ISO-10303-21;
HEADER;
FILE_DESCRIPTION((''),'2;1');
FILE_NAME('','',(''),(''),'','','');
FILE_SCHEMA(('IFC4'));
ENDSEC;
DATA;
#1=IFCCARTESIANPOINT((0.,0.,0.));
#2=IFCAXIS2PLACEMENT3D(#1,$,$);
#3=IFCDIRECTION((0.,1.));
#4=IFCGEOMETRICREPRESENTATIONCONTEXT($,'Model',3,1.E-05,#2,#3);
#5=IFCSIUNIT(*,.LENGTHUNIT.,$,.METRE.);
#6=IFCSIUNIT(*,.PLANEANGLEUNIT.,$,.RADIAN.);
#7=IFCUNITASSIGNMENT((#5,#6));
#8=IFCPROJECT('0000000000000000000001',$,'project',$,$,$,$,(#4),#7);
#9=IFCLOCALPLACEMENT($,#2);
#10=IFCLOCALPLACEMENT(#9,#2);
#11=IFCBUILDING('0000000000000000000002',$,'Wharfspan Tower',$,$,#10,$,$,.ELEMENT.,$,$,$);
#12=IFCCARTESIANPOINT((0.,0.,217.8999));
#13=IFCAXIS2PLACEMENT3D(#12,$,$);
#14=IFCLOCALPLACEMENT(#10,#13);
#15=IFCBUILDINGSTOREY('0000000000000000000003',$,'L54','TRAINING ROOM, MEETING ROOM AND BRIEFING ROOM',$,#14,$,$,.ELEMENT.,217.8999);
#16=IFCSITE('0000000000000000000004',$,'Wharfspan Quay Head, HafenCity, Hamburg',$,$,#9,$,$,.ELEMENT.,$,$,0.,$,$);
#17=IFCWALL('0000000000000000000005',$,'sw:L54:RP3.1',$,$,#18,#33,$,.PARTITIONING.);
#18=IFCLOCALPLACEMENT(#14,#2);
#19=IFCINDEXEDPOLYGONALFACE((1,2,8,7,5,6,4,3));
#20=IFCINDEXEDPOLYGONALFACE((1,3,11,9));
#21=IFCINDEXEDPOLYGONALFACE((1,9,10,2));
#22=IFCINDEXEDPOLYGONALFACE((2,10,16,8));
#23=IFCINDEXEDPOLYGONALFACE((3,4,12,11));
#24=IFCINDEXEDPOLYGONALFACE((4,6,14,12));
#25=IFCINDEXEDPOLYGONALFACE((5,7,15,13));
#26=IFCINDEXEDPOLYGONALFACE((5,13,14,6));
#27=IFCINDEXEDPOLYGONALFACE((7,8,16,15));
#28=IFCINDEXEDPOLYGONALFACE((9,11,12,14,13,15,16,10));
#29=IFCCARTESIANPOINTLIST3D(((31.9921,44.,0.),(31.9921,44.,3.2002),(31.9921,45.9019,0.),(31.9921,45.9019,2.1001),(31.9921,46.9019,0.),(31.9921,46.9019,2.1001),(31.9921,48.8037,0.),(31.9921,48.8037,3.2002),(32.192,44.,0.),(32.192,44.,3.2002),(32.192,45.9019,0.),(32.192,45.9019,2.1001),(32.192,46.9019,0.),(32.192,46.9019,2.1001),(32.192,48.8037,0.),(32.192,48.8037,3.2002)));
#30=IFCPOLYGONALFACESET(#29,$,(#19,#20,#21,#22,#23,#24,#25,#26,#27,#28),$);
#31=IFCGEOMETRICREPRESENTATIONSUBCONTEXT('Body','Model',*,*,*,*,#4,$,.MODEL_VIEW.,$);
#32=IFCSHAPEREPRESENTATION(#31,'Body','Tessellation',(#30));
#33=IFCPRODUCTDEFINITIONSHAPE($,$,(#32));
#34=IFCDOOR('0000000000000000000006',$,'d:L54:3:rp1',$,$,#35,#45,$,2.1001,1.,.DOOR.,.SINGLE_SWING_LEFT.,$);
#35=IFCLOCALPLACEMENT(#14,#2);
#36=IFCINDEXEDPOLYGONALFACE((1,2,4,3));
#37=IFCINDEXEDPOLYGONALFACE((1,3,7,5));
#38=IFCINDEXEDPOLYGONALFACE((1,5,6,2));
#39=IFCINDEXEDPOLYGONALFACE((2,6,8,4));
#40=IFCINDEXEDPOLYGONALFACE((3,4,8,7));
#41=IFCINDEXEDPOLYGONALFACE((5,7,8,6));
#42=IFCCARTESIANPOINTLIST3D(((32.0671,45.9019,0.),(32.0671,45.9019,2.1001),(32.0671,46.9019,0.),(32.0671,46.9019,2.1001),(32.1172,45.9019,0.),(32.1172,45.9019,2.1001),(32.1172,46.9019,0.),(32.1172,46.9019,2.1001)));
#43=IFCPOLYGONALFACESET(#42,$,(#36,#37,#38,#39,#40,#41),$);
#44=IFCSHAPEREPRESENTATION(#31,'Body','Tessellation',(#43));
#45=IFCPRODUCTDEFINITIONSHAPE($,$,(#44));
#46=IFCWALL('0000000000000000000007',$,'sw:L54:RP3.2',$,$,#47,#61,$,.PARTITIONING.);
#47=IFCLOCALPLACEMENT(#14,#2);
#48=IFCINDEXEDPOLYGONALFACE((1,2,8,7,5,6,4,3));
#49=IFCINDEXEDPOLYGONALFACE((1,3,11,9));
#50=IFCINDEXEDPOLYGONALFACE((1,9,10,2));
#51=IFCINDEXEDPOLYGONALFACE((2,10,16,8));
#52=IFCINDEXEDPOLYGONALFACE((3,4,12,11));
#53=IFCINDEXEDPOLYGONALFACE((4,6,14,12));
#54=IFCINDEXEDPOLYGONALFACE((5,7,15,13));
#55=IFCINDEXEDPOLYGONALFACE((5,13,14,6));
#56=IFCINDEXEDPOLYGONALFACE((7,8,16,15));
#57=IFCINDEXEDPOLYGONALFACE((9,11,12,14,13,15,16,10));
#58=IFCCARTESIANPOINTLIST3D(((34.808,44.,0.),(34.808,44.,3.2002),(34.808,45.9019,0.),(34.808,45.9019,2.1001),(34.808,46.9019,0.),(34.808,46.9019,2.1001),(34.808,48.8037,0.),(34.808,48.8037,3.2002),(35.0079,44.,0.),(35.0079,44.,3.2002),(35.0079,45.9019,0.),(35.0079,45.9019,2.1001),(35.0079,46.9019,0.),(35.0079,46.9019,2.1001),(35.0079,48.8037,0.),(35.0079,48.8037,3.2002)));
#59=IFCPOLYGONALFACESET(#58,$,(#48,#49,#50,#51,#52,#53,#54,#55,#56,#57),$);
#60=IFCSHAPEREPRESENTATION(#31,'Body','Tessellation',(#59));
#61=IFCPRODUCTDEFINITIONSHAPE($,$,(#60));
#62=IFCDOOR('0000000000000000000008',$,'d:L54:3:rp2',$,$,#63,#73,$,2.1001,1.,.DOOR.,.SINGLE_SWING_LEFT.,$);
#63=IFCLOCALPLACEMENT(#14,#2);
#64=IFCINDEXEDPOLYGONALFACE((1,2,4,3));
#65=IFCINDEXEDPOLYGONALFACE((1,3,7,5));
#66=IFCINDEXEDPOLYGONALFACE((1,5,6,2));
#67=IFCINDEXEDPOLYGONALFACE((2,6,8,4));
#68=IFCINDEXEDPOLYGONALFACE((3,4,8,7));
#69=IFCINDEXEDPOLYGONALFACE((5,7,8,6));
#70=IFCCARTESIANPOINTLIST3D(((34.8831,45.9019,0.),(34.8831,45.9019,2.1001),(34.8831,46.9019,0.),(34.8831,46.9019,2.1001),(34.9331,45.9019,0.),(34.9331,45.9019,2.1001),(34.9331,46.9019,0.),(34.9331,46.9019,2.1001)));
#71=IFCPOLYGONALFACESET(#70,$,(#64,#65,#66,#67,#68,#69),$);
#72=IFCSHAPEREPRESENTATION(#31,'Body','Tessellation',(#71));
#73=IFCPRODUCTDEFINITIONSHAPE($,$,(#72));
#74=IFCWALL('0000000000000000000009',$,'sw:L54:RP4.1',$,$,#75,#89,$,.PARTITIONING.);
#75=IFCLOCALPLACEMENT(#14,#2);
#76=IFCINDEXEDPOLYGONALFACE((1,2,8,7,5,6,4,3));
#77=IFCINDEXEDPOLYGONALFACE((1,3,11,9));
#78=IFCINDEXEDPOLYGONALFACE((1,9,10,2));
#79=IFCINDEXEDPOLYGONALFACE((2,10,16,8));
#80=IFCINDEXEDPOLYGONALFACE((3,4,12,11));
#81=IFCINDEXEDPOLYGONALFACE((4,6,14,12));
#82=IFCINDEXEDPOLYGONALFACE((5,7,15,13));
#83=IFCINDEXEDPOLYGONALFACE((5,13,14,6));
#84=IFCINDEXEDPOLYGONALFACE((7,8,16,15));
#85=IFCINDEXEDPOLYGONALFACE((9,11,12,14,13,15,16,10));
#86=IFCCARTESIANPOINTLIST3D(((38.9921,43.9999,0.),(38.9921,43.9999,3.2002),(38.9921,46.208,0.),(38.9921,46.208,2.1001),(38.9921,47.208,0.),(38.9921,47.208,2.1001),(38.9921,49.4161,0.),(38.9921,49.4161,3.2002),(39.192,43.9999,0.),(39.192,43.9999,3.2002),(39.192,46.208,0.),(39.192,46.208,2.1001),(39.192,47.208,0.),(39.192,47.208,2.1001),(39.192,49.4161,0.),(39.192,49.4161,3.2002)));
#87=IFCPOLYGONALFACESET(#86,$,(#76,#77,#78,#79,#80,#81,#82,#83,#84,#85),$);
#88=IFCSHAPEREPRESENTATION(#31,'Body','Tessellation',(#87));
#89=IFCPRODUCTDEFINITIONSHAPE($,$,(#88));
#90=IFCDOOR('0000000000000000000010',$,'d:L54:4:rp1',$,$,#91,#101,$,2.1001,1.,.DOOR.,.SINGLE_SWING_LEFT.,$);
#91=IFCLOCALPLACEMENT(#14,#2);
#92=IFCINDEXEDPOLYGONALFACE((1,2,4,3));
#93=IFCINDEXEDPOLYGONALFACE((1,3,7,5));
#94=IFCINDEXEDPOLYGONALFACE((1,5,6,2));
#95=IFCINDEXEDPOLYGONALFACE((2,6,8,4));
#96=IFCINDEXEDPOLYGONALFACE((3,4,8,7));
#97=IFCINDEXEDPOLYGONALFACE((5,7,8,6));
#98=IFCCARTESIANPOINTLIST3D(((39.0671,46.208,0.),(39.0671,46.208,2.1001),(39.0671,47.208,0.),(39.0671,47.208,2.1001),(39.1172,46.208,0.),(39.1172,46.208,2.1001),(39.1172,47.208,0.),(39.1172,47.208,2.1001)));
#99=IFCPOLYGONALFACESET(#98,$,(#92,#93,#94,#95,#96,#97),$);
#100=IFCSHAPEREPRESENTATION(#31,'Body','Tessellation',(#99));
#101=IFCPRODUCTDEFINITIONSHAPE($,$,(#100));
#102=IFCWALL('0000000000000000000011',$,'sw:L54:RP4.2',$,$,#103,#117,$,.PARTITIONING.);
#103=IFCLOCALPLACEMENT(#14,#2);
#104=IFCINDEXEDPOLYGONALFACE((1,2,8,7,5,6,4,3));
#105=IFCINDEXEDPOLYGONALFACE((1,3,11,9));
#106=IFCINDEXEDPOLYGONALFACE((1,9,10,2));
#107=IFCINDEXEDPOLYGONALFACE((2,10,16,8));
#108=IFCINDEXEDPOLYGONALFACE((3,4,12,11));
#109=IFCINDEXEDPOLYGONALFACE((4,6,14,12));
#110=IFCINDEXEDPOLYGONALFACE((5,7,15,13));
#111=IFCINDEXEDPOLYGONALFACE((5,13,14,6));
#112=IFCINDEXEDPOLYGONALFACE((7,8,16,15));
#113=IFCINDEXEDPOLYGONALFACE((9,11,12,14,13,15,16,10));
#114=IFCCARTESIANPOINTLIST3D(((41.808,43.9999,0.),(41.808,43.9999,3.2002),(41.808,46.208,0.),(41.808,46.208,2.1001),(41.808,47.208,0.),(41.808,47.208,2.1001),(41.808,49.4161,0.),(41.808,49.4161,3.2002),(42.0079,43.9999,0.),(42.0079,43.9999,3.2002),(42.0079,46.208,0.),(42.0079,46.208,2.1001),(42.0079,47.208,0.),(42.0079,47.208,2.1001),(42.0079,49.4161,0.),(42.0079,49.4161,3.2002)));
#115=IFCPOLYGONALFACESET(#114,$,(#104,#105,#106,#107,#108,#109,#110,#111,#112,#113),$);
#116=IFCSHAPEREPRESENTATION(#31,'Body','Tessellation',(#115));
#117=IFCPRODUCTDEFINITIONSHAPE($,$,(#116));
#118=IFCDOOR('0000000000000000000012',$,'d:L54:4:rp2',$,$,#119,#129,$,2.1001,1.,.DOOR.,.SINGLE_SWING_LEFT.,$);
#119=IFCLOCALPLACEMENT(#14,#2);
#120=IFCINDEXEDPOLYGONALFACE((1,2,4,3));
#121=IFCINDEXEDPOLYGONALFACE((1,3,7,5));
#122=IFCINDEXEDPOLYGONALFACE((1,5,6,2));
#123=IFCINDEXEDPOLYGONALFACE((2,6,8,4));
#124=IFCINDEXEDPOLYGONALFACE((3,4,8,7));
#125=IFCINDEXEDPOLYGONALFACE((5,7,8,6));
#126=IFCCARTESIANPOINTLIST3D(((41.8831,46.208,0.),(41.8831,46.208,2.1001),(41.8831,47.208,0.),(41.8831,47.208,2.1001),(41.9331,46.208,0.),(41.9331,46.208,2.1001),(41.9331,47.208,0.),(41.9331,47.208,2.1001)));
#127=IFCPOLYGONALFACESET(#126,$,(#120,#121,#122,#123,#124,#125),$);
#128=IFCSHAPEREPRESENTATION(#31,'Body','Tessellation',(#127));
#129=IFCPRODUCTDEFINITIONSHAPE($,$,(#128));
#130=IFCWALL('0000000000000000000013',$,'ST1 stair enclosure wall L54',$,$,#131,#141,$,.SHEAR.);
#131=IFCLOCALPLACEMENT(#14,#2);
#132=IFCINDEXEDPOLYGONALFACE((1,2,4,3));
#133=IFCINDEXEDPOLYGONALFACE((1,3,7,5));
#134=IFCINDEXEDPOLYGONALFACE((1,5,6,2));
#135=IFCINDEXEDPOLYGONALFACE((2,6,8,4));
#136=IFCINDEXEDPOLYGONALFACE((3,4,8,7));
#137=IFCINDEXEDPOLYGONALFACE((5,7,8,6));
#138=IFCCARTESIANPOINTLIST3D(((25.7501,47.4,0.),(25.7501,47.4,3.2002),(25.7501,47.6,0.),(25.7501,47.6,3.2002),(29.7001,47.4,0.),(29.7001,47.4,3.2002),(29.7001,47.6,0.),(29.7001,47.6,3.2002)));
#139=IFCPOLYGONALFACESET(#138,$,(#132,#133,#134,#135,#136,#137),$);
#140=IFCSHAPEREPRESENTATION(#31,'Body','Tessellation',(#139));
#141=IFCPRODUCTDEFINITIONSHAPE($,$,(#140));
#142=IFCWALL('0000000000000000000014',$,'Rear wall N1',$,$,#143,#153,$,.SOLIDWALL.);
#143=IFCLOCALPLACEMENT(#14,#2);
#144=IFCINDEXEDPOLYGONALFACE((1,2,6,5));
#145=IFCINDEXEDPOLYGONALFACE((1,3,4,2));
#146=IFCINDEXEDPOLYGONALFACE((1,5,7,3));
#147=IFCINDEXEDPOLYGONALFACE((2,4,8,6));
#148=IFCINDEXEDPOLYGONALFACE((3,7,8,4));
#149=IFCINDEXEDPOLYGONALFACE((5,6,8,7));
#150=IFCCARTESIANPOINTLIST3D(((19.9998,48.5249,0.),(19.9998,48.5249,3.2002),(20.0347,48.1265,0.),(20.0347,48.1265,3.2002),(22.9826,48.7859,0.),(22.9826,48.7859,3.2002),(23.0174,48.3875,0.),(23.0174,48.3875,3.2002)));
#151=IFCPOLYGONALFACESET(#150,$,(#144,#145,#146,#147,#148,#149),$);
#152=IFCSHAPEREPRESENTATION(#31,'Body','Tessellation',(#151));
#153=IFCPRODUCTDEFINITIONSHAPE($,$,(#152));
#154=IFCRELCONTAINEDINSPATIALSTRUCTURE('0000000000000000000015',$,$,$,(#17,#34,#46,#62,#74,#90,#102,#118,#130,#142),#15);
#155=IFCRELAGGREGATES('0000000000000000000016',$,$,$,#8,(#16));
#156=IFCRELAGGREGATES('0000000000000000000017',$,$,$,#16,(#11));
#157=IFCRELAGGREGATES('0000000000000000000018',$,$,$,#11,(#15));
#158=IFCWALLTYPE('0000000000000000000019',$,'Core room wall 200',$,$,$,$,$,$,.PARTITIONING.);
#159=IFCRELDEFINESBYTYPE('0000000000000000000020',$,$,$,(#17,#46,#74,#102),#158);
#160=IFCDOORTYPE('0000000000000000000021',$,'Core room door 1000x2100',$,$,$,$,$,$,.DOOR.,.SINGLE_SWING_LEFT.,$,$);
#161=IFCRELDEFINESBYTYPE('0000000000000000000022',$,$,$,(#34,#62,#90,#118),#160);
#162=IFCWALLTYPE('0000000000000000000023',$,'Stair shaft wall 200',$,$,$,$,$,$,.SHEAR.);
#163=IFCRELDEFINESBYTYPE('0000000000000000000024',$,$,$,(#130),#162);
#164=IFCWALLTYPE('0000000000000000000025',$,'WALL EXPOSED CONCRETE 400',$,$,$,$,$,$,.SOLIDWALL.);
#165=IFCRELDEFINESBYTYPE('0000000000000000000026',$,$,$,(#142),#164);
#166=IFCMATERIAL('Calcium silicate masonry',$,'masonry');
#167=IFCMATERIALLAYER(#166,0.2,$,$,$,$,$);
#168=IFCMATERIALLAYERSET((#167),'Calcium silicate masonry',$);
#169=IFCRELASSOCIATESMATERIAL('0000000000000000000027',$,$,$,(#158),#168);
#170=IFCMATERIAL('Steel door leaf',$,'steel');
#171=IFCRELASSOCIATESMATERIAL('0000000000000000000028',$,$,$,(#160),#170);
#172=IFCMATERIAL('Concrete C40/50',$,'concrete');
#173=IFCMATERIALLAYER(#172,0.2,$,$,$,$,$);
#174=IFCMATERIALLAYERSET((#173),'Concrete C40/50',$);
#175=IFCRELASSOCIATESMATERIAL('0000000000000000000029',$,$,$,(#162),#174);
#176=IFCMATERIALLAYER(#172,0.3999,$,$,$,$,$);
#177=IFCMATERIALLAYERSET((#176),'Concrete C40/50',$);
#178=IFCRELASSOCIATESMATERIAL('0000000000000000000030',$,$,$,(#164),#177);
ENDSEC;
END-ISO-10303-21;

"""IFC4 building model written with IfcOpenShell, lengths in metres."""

from ifc_helpers import new_model, si_unit, direction, frame, frame_2d, origin, place, context, subcontext, project, spatial, rectangle, extrude, material, layer, layer_set, type_object, element, fill, save


model = new_model("IFC4")

# Units and contexts
model_context = context("Model", 3, precision=1e-05, world=origin(), true_north=direction((0.0, 1.0)))
body_context = subcontext(model_context, "Body", "Model", "MODEL_VIEW")
ifc_project = project(units=[si_unit("LENGTHUNIT", "METRE"), si_unit("PLANEANGLEUNIT", "RADIAN")], contexts=[model_context])

# Site, building, storey
site_placement = place(None, origin())
site = spatial("IfcSite", under=ifc_project, at=site_placement, Name="Wharfspan Quay Head, HafenCity, Hamburg", CompositionType="ELEMENT", RefElevation=0.0)
building_placement = place(site_placement, origin())
building = spatial("IfcBuilding", under=site, at=building_placement, Name="Wharfspan Tower", CompositionType="ELEMENT")
storey_placement = place(building_placement, frame((0.0, 0.0, 217.8999)))
storey = spatial("IfcBuildingStorey", under=building, at=storey_placement, Name="L54", Description="TRAINING ROOM, MEETING ROOM AND BRIEFING ROOM", CompositionType="ELEMENT", Elevation=217.8999)

# Walls, openings, doors
ifc_material_1 = material(Name="Calcium silicate masonry", Category="masonry")
ifc_layer_1 = layer(ifc_material_1, 0.2)
ifc_layer_set_1 = layer_set([ifc_layer_1], Name="Calcium silicate masonry")
wall_type_1 = type_object("IfcWallType", Name="Core room wall 200", PredefinedType="PARTITIONING", material=ifc_layer_set_1)
wall_1_placement = place(storey_placement, frame((32.092, 44.0, 0.0), z_axis=(0.0, 0.0, 1.0), x_axis=(0.0, 1.0, 0.0)))
wall_1 = element("IfcWall", 1, at=wall_1_placement, inside=storey, type_object=wall_type_1, Name="sw:L54:RP3.1", PredefinedType="PARTITIONING", context=body_context, shape_type="SweptSolid", body=[
    extrude(rectangle(XDim=4.8037, YDim=0.2, at=frame_2d((2.4019, 0.0))), origin(), (0.0, 0.0, 1.0), 3.2002),
])
opening_1_placement = place(wall_1_placement, frame((1.9019, 0.0, 0.0)))
opening_1 = element("IfcOpeningElement", 2, at=opening_1_placement, cuts=wall_1, PredefinedType="OPENING", context=body_context, shape_type="SweptSolid", body=[
    extrude(rectangle(XDim=1.0, YDim=2.1001, at=frame_2d((0.5, 1.05))), frame((0.0, 0.1099, 0.0), z_axis=(0.0, -1.0, 0.0), x_axis=(1.0, 0.0, 0.0)), (0.0, 0.0, 1.0), 0.22),
])
ifc_material_2 = material(Name="Steel door leaf", Category="steel")
door_type = type_object("IfcDoorType", Name="Core room door 1000x2100", OperationType="SINGLE_SWING_LEFT", PredefinedType="DOOR", material=ifc_material_2)
door_1_placement = place(opening_1_placement, origin())
door_1 = element("IfcDoor", 3, at=door_1_placement, inside=storey, type_object=door_type, Name="d:L54:3:rp1", OperationType="SINGLE_SWING_LEFT", OverallHeight=2.1001, OverallWidth=1.0, PredefinedType="DOOR", context=body_context, shape_type="SweptSolid", body=[
    extrude(rectangle(XDim=1.0, YDim=2.1001, at=frame_2d((0.5, 1.05))), frame((0.0, 0.0249, 0.0), z_axis=(0.0, -1.0, 0.0), x_axis=(1.0, 0.0, 0.0)), (0.0, 0.0, 1.0), 0.05),
])
fill(opening_1, door_1)
wall_2_placement = place(storey_placement, frame((34.908, 44.0, 0.0), z_axis=(0.0, 0.0, 1.0), x_axis=(0.0, 1.0, 0.0)))
wall_2 = element("IfcWall", 4, at=wall_2_placement, inside=storey, type_object=wall_type_1, Name="sw:L54:RP3.2", PredefinedType="PARTITIONING", context=body_context, shape_type="SweptSolid", body=[
    extrude(rectangle(XDim=4.8037, YDim=0.2, at=frame_2d((2.4019, 0.0))), origin(), (0.0, 0.0, 1.0), 3.2002),
])
opening_2_placement = place(wall_2_placement, frame((1.9019, 0.0, 0.0)))
opening_2 = element("IfcOpeningElement", 5, at=opening_2_placement, cuts=wall_2, PredefinedType="OPENING", context=body_context, shape_type="SweptSolid", body=[
    extrude(rectangle(XDim=1.0, YDim=2.1001, at=frame_2d((0.5, 1.05))), frame((0.0, 0.1099, 0.0), z_axis=(0.0, -1.0, 0.0), x_axis=(1.0, 0.0, 0.0)), (0.0, 0.0, 1.0), 0.22),
])
door_2_placement = place(opening_2_placement, origin())
door_2 = element("IfcDoor", 6, at=door_2_placement, inside=storey, type_object=door_type, Name="d:L54:3:rp2", OperationType="SINGLE_SWING_LEFT", OverallHeight=2.1001, OverallWidth=1.0, PredefinedType="DOOR", context=body_context, shape_type="SweptSolid", body=[
    extrude(rectangle(XDim=1.0, YDim=2.1001, at=frame_2d((0.5, 1.05))), frame((0.0, 0.0249, 0.0), z_axis=(0.0, -1.0, 0.0), x_axis=(1.0, 0.0, 0.0)), (0.0, 0.0, 1.0), 0.05),
])
fill(opening_2, door_2)
wall_3_placement = place(storey_placement, frame((39.092, 44.0, 0.0), z_axis=(0.0, 0.0, 1.0), x_axis=(0.0, 1.0, 0.0)))
wall_3 = element("IfcWall", 7, at=wall_3_placement, inside=storey, type_object=wall_type_1, Name="sw:L54:RP4.1", PredefinedType="PARTITIONING", context=body_context, shape_type="SweptSolid", body=[
    extrude(rectangle(XDim=5.4163, YDim=0.2, at=frame_2d((2.708, 0.0))), origin(), (0.0, 0.0, 1.0), 3.2002),
])
opening_3_placement = place(wall_3_placement, frame((2.208, 0.0, 0.0)))
opening_3 = element("IfcOpeningElement", 8, at=opening_3_placement, cuts=wall_3, PredefinedType="OPENING", context=body_context, shape_type="SweptSolid", body=[
    extrude(rectangle(XDim=1.0, YDim=2.1001, at=frame_2d((0.5, 1.05))), frame((0.0, 0.1099, 0.0), z_axis=(0.0, -1.0, 0.0), x_axis=(1.0, 0.0, 0.0)), (0.0, 0.0, 1.0), 0.22),
])
door_3_placement = place(opening_3_placement, origin())
door_3 = element("IfcDoor", 9, at=door_3_placement, inside=storey, type_object=door_type, Name="d:L54:4:rp1", OperationType="SINGLE_SWING_LEFT", OverallHeight=2.1001, OverallWidth=1.0, PredefinedType="DOOR", context=body_context, shape_type="SweptSolid", body=[
    extrude(rectangle(XDim=1.0, YDim=2.1001, at=frame_2d((0.5, 1.05))), frame((0.0, 0.0249, 0.0), z_axis=(0.0, -1.0, 0.0), x_axis=(1.0, 0.0, 0.0)), (0.0, 0.0, 1.0), 0.05),
])
fill(opening_3, door_3)
wall_4_placement = place(storey_placement, frame((41.908, 44.0, 0.0), z_axis=(0.0, 0.0, 1.0), x_axis=(0.0, 1.0, 0.0)))
wall_4 = element("IfcWall", 10, at=wall_4_placement, inside=storey, type_object=wall_type_1, Name="sw:L54:RP4.2", PredefinedType="PARTITIONING", context=body_context, shape_type="SweptSolid", body=[
    extrude(rectangle(XDim=5.4163, YDim=0.2, at=frame_2d((2.708, 0.0))), origin(), (0.0, 0.0, 1.0), 3.2002),
])
opening_4_placement = place(wall_4_placement, frame((2.208, 0.0, 0.0)))
opening_4 = element("IfcOpeningElement", 11, at=opening_4_placement, cuts=wall_4, PredefinedType="OPENING", context=body_context, shape_type="SweptSolid", body=[
    extrude(rectangle(XDim=1.0, YDim=2.1001, at=frame_2d((0.5, 1.05))), frame((0.0, 0.1099, 0.0), z_axis=(0.0, -1.0, 0.0), x_axis=(1.0, 0.0, 0.0)), (0.0, 0.0, 1.0), 0.22),
])
door_4_placement = place(opening_4_placement, origin())
door_4 = element("IfcDoor", 12, at=door_4_placement, inside=storey, type_object=door_type, Name="d:L54:4:rp2", OperationType="SINGLE_SWING_LEFT", OverallHeight=2.1001, OverallWidth=1.0, PredefinedType="DOOR", context=body_context, shape_type="SweptSolid", body=[
    extrude(rectangle(XDim=1.0, YDim=2.1001, at=frame_2d((0.5, 1.05))), frame((0.0, 0.0249, 0.0), z_axis=(0.0, -1.0, 0.0), x_axis=(1.0, 0.0, 0.0)), (0.0, 0.0, 1.0), 0.05),
])
fill(opening_4, door_4)

# Walls
ifc_material_3 = material(Name="Concrete C40/50", Category="concrete")
ifc_layer_2 = layer(ifc_material_3, 0.2)
ifc_layer_set_2 = layer_set([ifc_layer_2], Name="Concrete C40/50")
wall_type_2 = type_object("IfcWallType", Name="Stair shaft wall 200", PredefinedType="SHEAR", material=ifc_layer_set_2)
wall_5_placement = place(storey_placement, frame((25.75, 47.5, 0.0), z_axis=(0.0, 0.0, 1.0), x_axis=(1.0, 0.0, 0.0)))
element("IfcWall", 13, at=wall_5_placement, inside=storey, type_object=wall_type_2, Name="ST1 stair enclosure wall L54", PredefinedType="SHEAR", context=body_context, shape_type="SweptSolid", body=[
    extrude(rectangle(XDim=3.95, YDim=0.2, at=frame_2d((1.9751, 0.0))), origin(), (0.0, 0.0, 1.0), 3.2002),
])
ifc_layer_3 = layer(ifc_material_3, 0.3999)
ifc_layer_set_3 = layer_set([ifc_layer_3], Name="Concrete C40/50")
wall_type_3 = type_object("IfcWallType", Name="WALL EXPOSED CONCRETE 400", PredefinedType="SOLIDWALL", material=ifc_layer_set_3)
wall_6_placement = place(storey_placement, frame((23.0, 48.5867, 0.0), z_axis=(0.0, 0.0, 1.0), x_axis=(-0.996194, -0.087168, 0.0)))
element("IfcWall", 14, at=wall_6_placement, inside=storey, type_object=wall_type_3, Name="Rear wall N1", PredefinedType="SOLIDWALL", context=body_context, shape_type="SweptSolid", body=[
    extrude(rectangle(XDim=2.9941, YDim=0.3999, at=frame_2d((1.4971, 0.0))), origin(), (0.0, 0.0, 1.0), 3.2002),
])

save(model, "model.ifc")
